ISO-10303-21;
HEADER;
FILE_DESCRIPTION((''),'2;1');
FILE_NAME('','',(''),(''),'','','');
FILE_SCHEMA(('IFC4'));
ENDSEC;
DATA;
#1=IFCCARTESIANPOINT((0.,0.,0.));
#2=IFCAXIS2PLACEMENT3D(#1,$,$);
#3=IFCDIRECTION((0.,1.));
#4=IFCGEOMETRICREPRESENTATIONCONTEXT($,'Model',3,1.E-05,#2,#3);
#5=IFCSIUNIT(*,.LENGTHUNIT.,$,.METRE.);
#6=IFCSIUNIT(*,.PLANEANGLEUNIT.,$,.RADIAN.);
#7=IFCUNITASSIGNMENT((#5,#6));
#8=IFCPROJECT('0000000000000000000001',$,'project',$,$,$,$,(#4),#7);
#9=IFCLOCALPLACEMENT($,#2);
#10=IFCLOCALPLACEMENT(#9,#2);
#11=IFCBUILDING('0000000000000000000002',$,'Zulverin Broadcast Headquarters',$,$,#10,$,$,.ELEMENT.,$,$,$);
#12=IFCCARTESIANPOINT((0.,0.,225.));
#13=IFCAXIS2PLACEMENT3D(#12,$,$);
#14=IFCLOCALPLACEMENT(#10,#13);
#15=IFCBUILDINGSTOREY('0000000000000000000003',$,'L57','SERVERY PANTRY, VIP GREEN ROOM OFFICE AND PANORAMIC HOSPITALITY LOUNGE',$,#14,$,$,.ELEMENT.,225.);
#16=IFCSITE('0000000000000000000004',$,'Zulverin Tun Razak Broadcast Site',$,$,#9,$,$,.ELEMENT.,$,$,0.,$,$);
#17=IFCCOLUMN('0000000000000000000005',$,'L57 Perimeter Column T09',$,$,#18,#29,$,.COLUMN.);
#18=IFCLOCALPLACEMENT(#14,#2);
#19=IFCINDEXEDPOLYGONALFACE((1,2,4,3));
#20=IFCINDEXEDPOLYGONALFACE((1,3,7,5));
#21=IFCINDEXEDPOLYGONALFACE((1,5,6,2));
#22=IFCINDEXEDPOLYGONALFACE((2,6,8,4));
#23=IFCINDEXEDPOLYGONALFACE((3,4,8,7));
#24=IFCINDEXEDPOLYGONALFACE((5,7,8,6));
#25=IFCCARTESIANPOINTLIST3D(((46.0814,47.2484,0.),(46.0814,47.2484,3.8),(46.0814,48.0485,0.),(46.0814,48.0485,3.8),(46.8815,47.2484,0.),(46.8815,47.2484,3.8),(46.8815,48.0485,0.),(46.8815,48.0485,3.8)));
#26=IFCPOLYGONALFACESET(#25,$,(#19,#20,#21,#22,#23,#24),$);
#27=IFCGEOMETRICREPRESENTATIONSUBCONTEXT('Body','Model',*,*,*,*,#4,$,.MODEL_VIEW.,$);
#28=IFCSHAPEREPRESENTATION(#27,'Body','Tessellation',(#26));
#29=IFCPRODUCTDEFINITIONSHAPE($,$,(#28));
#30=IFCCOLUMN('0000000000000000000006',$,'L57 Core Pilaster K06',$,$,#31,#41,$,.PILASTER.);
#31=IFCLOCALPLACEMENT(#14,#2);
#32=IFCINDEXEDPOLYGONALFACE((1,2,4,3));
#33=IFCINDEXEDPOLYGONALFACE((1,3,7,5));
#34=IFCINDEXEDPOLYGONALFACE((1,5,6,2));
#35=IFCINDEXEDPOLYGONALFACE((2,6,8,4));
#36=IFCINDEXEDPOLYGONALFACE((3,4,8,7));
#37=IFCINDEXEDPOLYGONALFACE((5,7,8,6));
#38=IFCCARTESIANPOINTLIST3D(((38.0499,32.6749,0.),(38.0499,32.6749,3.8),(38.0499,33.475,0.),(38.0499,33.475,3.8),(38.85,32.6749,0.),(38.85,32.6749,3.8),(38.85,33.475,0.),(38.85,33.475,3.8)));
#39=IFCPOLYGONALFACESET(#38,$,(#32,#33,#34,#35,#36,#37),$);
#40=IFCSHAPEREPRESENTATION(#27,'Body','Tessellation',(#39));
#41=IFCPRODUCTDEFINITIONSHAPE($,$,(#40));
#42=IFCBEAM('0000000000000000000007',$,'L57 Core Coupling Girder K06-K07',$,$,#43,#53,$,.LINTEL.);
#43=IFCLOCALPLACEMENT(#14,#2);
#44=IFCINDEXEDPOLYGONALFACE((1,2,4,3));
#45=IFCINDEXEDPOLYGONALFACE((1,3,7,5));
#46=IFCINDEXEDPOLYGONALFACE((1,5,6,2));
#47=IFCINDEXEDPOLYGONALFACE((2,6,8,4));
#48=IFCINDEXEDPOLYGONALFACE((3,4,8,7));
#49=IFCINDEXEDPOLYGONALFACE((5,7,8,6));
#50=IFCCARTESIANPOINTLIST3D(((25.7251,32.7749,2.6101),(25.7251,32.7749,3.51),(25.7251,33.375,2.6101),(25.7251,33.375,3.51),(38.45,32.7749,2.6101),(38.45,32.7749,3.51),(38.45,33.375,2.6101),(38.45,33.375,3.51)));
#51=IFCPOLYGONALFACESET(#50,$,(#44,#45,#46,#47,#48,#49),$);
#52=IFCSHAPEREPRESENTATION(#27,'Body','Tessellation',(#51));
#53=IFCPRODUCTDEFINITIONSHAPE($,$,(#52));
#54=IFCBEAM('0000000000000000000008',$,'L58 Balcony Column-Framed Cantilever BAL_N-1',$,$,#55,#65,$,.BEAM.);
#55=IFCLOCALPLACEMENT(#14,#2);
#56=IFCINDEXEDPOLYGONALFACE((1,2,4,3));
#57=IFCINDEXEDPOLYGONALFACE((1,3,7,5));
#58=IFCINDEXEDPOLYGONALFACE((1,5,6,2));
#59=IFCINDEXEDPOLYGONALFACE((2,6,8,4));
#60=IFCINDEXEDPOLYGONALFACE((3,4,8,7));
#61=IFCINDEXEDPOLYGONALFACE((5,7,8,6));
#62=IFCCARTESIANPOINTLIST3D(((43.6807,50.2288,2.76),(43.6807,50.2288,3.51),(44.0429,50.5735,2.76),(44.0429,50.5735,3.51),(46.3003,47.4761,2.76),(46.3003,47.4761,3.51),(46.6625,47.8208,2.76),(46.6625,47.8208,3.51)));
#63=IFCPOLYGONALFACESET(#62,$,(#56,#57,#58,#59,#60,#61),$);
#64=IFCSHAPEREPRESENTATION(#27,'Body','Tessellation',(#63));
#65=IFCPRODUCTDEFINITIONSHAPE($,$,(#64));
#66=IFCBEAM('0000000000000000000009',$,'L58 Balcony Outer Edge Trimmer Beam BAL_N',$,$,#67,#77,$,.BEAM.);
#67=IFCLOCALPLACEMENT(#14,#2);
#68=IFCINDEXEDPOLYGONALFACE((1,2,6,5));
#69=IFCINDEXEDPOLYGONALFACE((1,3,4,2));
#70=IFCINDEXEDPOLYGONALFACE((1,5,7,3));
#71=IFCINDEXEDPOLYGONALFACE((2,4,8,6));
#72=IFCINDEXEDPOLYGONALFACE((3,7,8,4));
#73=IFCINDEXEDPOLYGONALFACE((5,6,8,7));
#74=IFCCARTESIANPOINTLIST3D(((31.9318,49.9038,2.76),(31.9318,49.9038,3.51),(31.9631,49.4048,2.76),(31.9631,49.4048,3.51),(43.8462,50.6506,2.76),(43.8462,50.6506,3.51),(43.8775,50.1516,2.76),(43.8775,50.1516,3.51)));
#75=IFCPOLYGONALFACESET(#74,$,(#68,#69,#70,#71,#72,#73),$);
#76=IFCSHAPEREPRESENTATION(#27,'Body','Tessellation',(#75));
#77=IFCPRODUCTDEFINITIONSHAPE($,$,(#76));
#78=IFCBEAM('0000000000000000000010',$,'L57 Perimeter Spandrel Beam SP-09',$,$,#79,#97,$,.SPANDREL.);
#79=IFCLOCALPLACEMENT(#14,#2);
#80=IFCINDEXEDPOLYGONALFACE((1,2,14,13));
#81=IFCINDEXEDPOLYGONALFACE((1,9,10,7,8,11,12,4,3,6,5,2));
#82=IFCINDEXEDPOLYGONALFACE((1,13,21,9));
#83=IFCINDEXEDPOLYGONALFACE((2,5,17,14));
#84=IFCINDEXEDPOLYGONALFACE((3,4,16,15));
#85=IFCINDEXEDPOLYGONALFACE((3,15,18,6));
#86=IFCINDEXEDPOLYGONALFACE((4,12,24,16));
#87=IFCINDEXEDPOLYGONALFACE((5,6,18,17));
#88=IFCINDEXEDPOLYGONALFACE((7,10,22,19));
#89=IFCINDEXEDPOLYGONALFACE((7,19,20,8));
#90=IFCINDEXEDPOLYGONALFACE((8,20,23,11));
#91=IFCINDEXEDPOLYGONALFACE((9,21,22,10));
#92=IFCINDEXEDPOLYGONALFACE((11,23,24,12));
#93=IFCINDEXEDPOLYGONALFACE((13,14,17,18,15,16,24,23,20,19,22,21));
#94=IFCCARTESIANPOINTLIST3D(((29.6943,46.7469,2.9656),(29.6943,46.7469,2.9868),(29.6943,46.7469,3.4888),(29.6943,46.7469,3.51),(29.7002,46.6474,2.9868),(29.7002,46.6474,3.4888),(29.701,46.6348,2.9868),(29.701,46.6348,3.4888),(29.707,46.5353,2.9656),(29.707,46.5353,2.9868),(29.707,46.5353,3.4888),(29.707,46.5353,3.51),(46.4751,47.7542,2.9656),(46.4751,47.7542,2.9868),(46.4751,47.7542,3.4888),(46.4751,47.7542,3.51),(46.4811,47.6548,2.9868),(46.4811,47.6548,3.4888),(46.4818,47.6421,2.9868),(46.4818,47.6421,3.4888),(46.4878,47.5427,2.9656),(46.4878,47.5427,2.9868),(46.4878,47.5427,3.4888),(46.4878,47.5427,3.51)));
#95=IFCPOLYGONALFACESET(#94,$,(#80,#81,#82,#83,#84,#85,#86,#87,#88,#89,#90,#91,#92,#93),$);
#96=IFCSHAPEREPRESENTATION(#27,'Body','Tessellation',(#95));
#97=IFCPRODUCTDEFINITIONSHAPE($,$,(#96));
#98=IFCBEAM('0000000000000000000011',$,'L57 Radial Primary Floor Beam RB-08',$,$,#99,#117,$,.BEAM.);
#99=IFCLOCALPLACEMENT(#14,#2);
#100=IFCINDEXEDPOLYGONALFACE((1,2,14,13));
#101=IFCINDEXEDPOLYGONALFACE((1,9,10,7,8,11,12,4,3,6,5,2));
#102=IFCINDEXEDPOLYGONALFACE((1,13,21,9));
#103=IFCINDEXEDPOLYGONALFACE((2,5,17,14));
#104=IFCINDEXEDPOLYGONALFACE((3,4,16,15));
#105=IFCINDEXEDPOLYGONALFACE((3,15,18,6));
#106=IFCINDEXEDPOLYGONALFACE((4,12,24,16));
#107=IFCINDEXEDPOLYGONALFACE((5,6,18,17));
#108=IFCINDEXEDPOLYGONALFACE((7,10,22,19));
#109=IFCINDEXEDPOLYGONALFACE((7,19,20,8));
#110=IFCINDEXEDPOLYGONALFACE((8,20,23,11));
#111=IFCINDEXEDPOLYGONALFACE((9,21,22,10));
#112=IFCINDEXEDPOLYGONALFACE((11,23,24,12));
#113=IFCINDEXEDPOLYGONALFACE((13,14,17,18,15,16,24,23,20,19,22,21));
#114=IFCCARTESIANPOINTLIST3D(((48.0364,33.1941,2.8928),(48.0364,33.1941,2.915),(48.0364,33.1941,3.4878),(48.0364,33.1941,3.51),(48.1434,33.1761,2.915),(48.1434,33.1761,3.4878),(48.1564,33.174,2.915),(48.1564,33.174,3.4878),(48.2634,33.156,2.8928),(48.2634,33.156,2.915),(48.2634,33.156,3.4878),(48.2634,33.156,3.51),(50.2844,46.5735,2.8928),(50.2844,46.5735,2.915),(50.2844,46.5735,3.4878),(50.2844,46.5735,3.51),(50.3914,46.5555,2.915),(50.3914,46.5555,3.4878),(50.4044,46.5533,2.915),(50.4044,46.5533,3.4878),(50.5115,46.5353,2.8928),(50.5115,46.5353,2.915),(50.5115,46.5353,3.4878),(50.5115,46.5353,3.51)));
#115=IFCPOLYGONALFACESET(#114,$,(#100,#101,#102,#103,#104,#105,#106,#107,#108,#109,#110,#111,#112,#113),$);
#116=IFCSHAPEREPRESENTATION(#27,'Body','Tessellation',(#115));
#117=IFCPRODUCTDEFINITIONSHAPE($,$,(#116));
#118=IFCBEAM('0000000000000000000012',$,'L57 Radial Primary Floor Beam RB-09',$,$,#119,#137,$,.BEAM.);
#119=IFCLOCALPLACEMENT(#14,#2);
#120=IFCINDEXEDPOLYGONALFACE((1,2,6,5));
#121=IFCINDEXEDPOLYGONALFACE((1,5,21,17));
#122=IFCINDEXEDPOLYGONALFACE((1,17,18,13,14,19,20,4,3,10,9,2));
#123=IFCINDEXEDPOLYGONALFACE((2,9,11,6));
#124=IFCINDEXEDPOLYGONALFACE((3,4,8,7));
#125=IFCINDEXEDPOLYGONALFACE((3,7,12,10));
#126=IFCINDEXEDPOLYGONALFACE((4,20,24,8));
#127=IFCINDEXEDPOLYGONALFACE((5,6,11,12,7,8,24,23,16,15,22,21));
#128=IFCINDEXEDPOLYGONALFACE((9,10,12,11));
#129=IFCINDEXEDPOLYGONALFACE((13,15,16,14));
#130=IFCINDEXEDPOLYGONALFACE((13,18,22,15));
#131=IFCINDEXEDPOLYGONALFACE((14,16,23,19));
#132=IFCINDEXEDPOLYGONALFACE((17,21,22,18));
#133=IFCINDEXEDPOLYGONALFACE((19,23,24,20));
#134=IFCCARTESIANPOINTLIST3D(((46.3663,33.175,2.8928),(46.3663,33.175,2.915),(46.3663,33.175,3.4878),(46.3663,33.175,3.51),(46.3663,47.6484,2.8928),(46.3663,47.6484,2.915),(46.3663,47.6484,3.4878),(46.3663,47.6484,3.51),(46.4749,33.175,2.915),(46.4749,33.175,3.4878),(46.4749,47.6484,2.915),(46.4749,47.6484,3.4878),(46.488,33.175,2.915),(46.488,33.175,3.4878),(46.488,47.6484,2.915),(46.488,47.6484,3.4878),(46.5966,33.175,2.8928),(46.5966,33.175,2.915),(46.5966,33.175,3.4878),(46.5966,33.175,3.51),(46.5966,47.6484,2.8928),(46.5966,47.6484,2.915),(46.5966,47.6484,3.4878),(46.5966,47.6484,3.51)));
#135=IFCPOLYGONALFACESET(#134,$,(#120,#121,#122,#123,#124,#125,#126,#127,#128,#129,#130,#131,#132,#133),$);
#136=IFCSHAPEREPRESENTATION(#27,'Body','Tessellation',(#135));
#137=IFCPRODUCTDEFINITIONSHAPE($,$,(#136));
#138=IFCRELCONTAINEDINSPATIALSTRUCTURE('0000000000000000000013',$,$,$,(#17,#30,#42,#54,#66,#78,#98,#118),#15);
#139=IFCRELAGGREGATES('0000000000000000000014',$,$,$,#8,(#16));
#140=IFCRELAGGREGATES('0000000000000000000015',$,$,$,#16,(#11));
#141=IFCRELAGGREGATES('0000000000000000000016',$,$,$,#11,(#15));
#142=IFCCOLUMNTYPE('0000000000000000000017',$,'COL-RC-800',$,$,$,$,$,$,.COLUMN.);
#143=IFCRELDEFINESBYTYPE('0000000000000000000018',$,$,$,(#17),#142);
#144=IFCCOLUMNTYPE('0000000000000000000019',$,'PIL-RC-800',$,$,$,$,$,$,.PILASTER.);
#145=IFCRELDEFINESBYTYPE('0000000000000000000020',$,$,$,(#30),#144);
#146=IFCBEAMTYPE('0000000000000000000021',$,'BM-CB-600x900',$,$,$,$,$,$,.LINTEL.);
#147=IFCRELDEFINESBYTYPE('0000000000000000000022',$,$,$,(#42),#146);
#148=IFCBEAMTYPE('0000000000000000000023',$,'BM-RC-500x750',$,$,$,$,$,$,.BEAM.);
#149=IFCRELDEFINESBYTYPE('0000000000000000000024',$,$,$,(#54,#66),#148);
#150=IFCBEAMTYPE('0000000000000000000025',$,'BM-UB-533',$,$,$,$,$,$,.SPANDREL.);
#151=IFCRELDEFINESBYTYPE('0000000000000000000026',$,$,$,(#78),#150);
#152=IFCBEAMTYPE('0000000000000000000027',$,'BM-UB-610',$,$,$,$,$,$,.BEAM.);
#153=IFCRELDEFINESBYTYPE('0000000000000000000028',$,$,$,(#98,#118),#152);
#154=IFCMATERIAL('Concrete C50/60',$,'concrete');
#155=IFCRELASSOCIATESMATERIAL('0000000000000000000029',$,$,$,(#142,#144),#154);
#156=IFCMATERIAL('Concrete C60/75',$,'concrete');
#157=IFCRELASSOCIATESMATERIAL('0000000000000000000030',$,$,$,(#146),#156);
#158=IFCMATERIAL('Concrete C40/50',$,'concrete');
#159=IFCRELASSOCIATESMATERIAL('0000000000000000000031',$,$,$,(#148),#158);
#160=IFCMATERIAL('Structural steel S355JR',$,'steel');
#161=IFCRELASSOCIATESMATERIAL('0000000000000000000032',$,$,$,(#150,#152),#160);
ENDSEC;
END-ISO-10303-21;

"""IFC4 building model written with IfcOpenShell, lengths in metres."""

from ifc_helpers import new_model, si_unit, direction, frame, origin, origin_2d, place, context, subcontext, project, spatial, rectangle, i_section, extrude, material, material_profile, profile_set, type_object, element, save


model = new_model("IFC4")

# Units and contexts
model_context = context("Model", 3, precision=1e-05, world=origin(), true_north=direction((0.0, 1.0)))
body_context = subcontext(model_context, "Body", "Model", "MODEL_VIEW")
ifc_project = project(units=[si_unit("LENGTHUNIT", "METRE"), si_unit("PLANEANGLEUNIT", "RADIAN")], contexts=[model_context])

# Site, building, storey
site_placement = place(None, origin())
site = spatial("IfcSite", under=ifc_project, at=site_placement, Name="Zulverin Tun Razak Broadcast Site", CompositionType="ELEMENT", RefElevation=0.0)
building_placement = place(site_placement, origin())
building = spatial("IfcBuilding", under=site, at=building_placement, Name="Zulverin Broadcast Headquarters", CompositionType="ELEMENT")
storey_placement = place(building_placement, frame((0.0, 0.0, 225.0)))
storey = spatial("IfcBuildingStorey", under=building, at=storey_placement, Name="L57", Description="SERVERY PANTRY, VIP GREEN ROOM OFFICE AND PANORAMIC HOSPITALITY LOUNGE", CompositionType="ELEMENT", Elevation=225.0)

# Columns
ifc_material_1 = material(Name="Concrete C50/60", Category="concrete")
ifc_material_profile_1 = material_profile(ifc_material_1, rectangle(XDim=0.8, YDim=0.8, at=origin_2d()), Name="Concrete C50/60", Category="concrete")
ifc_profile_set_1 = profile_set([ifc_material_profile_1], Name="Concrete C50/60")
column_type_1 = type_object("IfcColumnType", Name="COL-RC-800", PredefinedType="COLUMN", material=ifc_profile_set_1)
column_1_placement = place(storey_placement, frame((46.4814, 47.6484, 0.0), z_axis=(0.0, 0.0, 1.0), x_axis=(1.0, 0.0, 0.0)))
element("IfcColumn", 1, at=column_1_placement, inside=storey, type_object=column_type_1, Name="L57 Perimeter Column T09", PredefinedType="COLUMN", context=body_context, shape_type="SweptSolid", body=[
    extrude(rectangle(XDim=0.8, YDim=0.8, at=origin_2d()), origin(), (0.0, 0.0, 1.0), 3.8),
])
ifc_material_profile_2 = material_profile(ifc_material_1, rectangle(XDim=0.8, YDim=0.8, at=origin_2d()), Name="Concrete C50/60", Category="concrete")
ifc_profile_set_2 = profile_set([ifc_material_profile_2], Name="Concrete C50/60")
column_type_2 = type_object("IfcColumnType", Name="PIL-RC-800", PredefinedType="PILASTER", material=ifc_profile_set_2)
column_2_placement = place(storey_placement, frame((38.45, 33.075, 0.0), z_axis=(0.0, 0.0, 1.0), x_axis=(1.0, 0.0, 0.0)))
element("IfcColumn", 2, at=column_2_placement, inside=storey, type_object=column_type_2, Name="L57 Core Pilaster K06", PredefinedType="PILASTER", context=body_context, shape_type="SweptSolid", body=[
    extrude(rectangle(XDim=0.8, YDim=0.8, at=origin_2d()), origin(), (0.0, 0.0, 1.0), 3.8),
])

# Beams
ifc_material_2 = material(Name="Concrete C60/75", Category="concrete")
ifc_material_profile_3 = material_profile(ifc_material_2, rectangle(XDim=0.6001, YDim=0.8999, at=origin_2d()), Name="Concrete C60/75", Category="concrete")
ifc_profile_set_3 = profile_set([ifc_material_profile_3], Name="Concrete C60/75")
beam_type_1 = type_object("IfcBeamType", Name="BM-CB-600x900", PredefinedType="LINTEL", material=ifc_profile_set_3)
beam_1_placement = place(storey_placement, frame((38.45, 33.075, 3.0601), z_axis=(-1.0, 0.0, 0.0), x_axis=(0.0, -1.0, 0.0)))
element("IfcBeam", 3, at=beam_1_placement, inside=storey, type_object=beam_type_1, Name="L57 Core Coupling Girder K06-K07", PredefinedType="LINTEL", context=body_context, shape_type="SweptSolid", body=[
    extrude(rectangle(XDim=0.6001, YDim=0.8999, at=origin_2d()), origin(), (0.0, 0.0, 1.0), 12.7249),
])
ifc_material_3 = material(Name="Concrete C40/50", Category="concrete")
ifc_material_profile_4 = material_profile(ifc_material_3, rectangle(XDim=0.5, YDim=0.75, at=origin_2d()), Name="Concrete C40/50", Category="concrete")
ifc_profile_set_4 = profile_set([ifc_material_profile_4], Name="Concrete C40/50")
beam_type_2 = type_object("IfcBeamType", Name="BM-RC-500x750", PredefinedType="BEAM", material=ifc_profile_set_4)
beam_2_placement = place(storey_placement, frame((46.4814, 47.6484, 3.135), z_axis=(-0.689382, 0.724398, 0.0), x_axis=(-0.724398, -0.689382, 0.0)))
element("IfcBeam", 4, at=beam_2_placement, inside=storey, type_object=beam_type_2, Name="L58 Balcony Column-Framed Cantilever BAL_N-1", PredefinedType="BEAM", context=body_context, shape_type="SweptSolid", body=[
    extrude(rectangle(XDim=0.5, YDim=0.75, at=origin_2d()), origin(), (0.0, 0.0, 1.0), 3.8),
])
beam_3_placement = place(storey_placement, frame((43.8618, 50.4011, 3.135), z_axis=(-0.998041, -0.06256, 0.0), x_axis=(0.06256, -0.998041, 0.0)))
element("IfcBeam", 5, at=beam_3_placement, inside=storey, type_object=beam_type_2, Name="L58 Balcony Outer Edge Trimmer Beam BAL_N", PredefinedType="BEAM", context=body_context, shape_type="SweptSolid", body=[
    extrude(rectangle(XDim=0.5, YDim=0.75, at=origin_2d()), origin(), (0.0, 0.0, 1.0), 11.9377),
])
ifc_material_4 = material(Name="Structural steel S355JR", Category="steel")
ifc_material_profile_5 = material_profile(ifc_material_4, i_section(OverallWidth=0.2119, OverallDepth=0.5444, WebThickness=0.0127, FlangeThickness=0.0212, at=origin_2d()), Name="Structural steel S355JR", Category="steel")
ifc_profile_set_5 = profile_set([ifc_material_profile_5], Name="Structural steel S355JR")
beam_type_3 = type_object("IfcBeamType", Name="BM-UB-533", PredefinedType="SPANDREL", material=ifc_profile_set_5)
beam_4_placement = place(storey_placement, frame((46.4814, 47.6484, 3.2378), z_axis=(-0.998203, -0.059921, 0.0), x_axis=(0.059921, -0.998203, 0.0)))
element("IfcBeam", 6, at=beam_4_placement, inside=storey, type_object=beam_type_3, Name="L57 Perimeter Spandrel Beam SP-09", PredefinedType="SPANDREL", context=body_context, shape_type="SweptSolid", body=[
    extrude(i_section(OverallWidth=0.2119, OverallDepth=0.5444, WebThickness=0.0127, FlangeThickness=0.0212, at=origin_2d()), origin(), (0.0, 0.0, 1.0), 16.811),
])
ifc_material_profile_6 = material_profile(ifc_material_4, i_section(OverallWidth=0.2302, OverallDepth=0.6172, WebThickness=0.0132, FlangeThickness=0.0222, at=origin_2d()), Name="Structural steel S355JR", Category="steel")
ifc_profile_set_6 = profile_set([ifc_material_profile_6], Name="Structural steel S355JR")
beam_type_4 = type_object("IfcBeamType", Name="BM-UB-610", PredefinedType="BEAM", material=ifc_profile_set_6)
beam_5_placement = place(storey_placement, frame((48.1499, 33.175, 3.2014), z_axis=(0.1657, 0.986176, 0.0), x_axis=(-0.986176, 0.1657, 0.0)))
element("IfcBeam", 7, at=beam_5_placement, inside=storey, type_object=beam_type_4, Name="L57 Radial Primary Floor Beam RB-08", PredefinedType="BEAM", context=body_context, shape_type="SweptSolid", body=[
    extrude(i_section(OverallWidth=0.2302, OverallDepth=0.6172, WebThickness=0.0132, FlangeThickness=0.0222, at=origin_2d()), origin(), (0.0, 0.0, 1.0), 13.5669),
])
beam_6_placement = place(storey_placement, frame((46.4814, 33.175, 3.2014), z_axis=(0.0, 1.0, 0.0), x_axis=(-1.0, 0.0, 0.0)))
element("IfcBeam", 8, at=beam_6_placement, inside=storey, type_object=beam_type_4, Name="L57 Radial Primary Floor Beam RB-09", PredefinedType="BEAM", context=body_context, shape_type="SweptSolid", body=[
    extrude(i_section(OverallWidth=0.2302, OverallDepth=0.6172, WebThickness=0.0132, FlangeThickness=0.0222, at=origin_2d()), origin(), (0.0, 0.0, 1.0), 14.4734),
])

save(model, "model.ifc")
